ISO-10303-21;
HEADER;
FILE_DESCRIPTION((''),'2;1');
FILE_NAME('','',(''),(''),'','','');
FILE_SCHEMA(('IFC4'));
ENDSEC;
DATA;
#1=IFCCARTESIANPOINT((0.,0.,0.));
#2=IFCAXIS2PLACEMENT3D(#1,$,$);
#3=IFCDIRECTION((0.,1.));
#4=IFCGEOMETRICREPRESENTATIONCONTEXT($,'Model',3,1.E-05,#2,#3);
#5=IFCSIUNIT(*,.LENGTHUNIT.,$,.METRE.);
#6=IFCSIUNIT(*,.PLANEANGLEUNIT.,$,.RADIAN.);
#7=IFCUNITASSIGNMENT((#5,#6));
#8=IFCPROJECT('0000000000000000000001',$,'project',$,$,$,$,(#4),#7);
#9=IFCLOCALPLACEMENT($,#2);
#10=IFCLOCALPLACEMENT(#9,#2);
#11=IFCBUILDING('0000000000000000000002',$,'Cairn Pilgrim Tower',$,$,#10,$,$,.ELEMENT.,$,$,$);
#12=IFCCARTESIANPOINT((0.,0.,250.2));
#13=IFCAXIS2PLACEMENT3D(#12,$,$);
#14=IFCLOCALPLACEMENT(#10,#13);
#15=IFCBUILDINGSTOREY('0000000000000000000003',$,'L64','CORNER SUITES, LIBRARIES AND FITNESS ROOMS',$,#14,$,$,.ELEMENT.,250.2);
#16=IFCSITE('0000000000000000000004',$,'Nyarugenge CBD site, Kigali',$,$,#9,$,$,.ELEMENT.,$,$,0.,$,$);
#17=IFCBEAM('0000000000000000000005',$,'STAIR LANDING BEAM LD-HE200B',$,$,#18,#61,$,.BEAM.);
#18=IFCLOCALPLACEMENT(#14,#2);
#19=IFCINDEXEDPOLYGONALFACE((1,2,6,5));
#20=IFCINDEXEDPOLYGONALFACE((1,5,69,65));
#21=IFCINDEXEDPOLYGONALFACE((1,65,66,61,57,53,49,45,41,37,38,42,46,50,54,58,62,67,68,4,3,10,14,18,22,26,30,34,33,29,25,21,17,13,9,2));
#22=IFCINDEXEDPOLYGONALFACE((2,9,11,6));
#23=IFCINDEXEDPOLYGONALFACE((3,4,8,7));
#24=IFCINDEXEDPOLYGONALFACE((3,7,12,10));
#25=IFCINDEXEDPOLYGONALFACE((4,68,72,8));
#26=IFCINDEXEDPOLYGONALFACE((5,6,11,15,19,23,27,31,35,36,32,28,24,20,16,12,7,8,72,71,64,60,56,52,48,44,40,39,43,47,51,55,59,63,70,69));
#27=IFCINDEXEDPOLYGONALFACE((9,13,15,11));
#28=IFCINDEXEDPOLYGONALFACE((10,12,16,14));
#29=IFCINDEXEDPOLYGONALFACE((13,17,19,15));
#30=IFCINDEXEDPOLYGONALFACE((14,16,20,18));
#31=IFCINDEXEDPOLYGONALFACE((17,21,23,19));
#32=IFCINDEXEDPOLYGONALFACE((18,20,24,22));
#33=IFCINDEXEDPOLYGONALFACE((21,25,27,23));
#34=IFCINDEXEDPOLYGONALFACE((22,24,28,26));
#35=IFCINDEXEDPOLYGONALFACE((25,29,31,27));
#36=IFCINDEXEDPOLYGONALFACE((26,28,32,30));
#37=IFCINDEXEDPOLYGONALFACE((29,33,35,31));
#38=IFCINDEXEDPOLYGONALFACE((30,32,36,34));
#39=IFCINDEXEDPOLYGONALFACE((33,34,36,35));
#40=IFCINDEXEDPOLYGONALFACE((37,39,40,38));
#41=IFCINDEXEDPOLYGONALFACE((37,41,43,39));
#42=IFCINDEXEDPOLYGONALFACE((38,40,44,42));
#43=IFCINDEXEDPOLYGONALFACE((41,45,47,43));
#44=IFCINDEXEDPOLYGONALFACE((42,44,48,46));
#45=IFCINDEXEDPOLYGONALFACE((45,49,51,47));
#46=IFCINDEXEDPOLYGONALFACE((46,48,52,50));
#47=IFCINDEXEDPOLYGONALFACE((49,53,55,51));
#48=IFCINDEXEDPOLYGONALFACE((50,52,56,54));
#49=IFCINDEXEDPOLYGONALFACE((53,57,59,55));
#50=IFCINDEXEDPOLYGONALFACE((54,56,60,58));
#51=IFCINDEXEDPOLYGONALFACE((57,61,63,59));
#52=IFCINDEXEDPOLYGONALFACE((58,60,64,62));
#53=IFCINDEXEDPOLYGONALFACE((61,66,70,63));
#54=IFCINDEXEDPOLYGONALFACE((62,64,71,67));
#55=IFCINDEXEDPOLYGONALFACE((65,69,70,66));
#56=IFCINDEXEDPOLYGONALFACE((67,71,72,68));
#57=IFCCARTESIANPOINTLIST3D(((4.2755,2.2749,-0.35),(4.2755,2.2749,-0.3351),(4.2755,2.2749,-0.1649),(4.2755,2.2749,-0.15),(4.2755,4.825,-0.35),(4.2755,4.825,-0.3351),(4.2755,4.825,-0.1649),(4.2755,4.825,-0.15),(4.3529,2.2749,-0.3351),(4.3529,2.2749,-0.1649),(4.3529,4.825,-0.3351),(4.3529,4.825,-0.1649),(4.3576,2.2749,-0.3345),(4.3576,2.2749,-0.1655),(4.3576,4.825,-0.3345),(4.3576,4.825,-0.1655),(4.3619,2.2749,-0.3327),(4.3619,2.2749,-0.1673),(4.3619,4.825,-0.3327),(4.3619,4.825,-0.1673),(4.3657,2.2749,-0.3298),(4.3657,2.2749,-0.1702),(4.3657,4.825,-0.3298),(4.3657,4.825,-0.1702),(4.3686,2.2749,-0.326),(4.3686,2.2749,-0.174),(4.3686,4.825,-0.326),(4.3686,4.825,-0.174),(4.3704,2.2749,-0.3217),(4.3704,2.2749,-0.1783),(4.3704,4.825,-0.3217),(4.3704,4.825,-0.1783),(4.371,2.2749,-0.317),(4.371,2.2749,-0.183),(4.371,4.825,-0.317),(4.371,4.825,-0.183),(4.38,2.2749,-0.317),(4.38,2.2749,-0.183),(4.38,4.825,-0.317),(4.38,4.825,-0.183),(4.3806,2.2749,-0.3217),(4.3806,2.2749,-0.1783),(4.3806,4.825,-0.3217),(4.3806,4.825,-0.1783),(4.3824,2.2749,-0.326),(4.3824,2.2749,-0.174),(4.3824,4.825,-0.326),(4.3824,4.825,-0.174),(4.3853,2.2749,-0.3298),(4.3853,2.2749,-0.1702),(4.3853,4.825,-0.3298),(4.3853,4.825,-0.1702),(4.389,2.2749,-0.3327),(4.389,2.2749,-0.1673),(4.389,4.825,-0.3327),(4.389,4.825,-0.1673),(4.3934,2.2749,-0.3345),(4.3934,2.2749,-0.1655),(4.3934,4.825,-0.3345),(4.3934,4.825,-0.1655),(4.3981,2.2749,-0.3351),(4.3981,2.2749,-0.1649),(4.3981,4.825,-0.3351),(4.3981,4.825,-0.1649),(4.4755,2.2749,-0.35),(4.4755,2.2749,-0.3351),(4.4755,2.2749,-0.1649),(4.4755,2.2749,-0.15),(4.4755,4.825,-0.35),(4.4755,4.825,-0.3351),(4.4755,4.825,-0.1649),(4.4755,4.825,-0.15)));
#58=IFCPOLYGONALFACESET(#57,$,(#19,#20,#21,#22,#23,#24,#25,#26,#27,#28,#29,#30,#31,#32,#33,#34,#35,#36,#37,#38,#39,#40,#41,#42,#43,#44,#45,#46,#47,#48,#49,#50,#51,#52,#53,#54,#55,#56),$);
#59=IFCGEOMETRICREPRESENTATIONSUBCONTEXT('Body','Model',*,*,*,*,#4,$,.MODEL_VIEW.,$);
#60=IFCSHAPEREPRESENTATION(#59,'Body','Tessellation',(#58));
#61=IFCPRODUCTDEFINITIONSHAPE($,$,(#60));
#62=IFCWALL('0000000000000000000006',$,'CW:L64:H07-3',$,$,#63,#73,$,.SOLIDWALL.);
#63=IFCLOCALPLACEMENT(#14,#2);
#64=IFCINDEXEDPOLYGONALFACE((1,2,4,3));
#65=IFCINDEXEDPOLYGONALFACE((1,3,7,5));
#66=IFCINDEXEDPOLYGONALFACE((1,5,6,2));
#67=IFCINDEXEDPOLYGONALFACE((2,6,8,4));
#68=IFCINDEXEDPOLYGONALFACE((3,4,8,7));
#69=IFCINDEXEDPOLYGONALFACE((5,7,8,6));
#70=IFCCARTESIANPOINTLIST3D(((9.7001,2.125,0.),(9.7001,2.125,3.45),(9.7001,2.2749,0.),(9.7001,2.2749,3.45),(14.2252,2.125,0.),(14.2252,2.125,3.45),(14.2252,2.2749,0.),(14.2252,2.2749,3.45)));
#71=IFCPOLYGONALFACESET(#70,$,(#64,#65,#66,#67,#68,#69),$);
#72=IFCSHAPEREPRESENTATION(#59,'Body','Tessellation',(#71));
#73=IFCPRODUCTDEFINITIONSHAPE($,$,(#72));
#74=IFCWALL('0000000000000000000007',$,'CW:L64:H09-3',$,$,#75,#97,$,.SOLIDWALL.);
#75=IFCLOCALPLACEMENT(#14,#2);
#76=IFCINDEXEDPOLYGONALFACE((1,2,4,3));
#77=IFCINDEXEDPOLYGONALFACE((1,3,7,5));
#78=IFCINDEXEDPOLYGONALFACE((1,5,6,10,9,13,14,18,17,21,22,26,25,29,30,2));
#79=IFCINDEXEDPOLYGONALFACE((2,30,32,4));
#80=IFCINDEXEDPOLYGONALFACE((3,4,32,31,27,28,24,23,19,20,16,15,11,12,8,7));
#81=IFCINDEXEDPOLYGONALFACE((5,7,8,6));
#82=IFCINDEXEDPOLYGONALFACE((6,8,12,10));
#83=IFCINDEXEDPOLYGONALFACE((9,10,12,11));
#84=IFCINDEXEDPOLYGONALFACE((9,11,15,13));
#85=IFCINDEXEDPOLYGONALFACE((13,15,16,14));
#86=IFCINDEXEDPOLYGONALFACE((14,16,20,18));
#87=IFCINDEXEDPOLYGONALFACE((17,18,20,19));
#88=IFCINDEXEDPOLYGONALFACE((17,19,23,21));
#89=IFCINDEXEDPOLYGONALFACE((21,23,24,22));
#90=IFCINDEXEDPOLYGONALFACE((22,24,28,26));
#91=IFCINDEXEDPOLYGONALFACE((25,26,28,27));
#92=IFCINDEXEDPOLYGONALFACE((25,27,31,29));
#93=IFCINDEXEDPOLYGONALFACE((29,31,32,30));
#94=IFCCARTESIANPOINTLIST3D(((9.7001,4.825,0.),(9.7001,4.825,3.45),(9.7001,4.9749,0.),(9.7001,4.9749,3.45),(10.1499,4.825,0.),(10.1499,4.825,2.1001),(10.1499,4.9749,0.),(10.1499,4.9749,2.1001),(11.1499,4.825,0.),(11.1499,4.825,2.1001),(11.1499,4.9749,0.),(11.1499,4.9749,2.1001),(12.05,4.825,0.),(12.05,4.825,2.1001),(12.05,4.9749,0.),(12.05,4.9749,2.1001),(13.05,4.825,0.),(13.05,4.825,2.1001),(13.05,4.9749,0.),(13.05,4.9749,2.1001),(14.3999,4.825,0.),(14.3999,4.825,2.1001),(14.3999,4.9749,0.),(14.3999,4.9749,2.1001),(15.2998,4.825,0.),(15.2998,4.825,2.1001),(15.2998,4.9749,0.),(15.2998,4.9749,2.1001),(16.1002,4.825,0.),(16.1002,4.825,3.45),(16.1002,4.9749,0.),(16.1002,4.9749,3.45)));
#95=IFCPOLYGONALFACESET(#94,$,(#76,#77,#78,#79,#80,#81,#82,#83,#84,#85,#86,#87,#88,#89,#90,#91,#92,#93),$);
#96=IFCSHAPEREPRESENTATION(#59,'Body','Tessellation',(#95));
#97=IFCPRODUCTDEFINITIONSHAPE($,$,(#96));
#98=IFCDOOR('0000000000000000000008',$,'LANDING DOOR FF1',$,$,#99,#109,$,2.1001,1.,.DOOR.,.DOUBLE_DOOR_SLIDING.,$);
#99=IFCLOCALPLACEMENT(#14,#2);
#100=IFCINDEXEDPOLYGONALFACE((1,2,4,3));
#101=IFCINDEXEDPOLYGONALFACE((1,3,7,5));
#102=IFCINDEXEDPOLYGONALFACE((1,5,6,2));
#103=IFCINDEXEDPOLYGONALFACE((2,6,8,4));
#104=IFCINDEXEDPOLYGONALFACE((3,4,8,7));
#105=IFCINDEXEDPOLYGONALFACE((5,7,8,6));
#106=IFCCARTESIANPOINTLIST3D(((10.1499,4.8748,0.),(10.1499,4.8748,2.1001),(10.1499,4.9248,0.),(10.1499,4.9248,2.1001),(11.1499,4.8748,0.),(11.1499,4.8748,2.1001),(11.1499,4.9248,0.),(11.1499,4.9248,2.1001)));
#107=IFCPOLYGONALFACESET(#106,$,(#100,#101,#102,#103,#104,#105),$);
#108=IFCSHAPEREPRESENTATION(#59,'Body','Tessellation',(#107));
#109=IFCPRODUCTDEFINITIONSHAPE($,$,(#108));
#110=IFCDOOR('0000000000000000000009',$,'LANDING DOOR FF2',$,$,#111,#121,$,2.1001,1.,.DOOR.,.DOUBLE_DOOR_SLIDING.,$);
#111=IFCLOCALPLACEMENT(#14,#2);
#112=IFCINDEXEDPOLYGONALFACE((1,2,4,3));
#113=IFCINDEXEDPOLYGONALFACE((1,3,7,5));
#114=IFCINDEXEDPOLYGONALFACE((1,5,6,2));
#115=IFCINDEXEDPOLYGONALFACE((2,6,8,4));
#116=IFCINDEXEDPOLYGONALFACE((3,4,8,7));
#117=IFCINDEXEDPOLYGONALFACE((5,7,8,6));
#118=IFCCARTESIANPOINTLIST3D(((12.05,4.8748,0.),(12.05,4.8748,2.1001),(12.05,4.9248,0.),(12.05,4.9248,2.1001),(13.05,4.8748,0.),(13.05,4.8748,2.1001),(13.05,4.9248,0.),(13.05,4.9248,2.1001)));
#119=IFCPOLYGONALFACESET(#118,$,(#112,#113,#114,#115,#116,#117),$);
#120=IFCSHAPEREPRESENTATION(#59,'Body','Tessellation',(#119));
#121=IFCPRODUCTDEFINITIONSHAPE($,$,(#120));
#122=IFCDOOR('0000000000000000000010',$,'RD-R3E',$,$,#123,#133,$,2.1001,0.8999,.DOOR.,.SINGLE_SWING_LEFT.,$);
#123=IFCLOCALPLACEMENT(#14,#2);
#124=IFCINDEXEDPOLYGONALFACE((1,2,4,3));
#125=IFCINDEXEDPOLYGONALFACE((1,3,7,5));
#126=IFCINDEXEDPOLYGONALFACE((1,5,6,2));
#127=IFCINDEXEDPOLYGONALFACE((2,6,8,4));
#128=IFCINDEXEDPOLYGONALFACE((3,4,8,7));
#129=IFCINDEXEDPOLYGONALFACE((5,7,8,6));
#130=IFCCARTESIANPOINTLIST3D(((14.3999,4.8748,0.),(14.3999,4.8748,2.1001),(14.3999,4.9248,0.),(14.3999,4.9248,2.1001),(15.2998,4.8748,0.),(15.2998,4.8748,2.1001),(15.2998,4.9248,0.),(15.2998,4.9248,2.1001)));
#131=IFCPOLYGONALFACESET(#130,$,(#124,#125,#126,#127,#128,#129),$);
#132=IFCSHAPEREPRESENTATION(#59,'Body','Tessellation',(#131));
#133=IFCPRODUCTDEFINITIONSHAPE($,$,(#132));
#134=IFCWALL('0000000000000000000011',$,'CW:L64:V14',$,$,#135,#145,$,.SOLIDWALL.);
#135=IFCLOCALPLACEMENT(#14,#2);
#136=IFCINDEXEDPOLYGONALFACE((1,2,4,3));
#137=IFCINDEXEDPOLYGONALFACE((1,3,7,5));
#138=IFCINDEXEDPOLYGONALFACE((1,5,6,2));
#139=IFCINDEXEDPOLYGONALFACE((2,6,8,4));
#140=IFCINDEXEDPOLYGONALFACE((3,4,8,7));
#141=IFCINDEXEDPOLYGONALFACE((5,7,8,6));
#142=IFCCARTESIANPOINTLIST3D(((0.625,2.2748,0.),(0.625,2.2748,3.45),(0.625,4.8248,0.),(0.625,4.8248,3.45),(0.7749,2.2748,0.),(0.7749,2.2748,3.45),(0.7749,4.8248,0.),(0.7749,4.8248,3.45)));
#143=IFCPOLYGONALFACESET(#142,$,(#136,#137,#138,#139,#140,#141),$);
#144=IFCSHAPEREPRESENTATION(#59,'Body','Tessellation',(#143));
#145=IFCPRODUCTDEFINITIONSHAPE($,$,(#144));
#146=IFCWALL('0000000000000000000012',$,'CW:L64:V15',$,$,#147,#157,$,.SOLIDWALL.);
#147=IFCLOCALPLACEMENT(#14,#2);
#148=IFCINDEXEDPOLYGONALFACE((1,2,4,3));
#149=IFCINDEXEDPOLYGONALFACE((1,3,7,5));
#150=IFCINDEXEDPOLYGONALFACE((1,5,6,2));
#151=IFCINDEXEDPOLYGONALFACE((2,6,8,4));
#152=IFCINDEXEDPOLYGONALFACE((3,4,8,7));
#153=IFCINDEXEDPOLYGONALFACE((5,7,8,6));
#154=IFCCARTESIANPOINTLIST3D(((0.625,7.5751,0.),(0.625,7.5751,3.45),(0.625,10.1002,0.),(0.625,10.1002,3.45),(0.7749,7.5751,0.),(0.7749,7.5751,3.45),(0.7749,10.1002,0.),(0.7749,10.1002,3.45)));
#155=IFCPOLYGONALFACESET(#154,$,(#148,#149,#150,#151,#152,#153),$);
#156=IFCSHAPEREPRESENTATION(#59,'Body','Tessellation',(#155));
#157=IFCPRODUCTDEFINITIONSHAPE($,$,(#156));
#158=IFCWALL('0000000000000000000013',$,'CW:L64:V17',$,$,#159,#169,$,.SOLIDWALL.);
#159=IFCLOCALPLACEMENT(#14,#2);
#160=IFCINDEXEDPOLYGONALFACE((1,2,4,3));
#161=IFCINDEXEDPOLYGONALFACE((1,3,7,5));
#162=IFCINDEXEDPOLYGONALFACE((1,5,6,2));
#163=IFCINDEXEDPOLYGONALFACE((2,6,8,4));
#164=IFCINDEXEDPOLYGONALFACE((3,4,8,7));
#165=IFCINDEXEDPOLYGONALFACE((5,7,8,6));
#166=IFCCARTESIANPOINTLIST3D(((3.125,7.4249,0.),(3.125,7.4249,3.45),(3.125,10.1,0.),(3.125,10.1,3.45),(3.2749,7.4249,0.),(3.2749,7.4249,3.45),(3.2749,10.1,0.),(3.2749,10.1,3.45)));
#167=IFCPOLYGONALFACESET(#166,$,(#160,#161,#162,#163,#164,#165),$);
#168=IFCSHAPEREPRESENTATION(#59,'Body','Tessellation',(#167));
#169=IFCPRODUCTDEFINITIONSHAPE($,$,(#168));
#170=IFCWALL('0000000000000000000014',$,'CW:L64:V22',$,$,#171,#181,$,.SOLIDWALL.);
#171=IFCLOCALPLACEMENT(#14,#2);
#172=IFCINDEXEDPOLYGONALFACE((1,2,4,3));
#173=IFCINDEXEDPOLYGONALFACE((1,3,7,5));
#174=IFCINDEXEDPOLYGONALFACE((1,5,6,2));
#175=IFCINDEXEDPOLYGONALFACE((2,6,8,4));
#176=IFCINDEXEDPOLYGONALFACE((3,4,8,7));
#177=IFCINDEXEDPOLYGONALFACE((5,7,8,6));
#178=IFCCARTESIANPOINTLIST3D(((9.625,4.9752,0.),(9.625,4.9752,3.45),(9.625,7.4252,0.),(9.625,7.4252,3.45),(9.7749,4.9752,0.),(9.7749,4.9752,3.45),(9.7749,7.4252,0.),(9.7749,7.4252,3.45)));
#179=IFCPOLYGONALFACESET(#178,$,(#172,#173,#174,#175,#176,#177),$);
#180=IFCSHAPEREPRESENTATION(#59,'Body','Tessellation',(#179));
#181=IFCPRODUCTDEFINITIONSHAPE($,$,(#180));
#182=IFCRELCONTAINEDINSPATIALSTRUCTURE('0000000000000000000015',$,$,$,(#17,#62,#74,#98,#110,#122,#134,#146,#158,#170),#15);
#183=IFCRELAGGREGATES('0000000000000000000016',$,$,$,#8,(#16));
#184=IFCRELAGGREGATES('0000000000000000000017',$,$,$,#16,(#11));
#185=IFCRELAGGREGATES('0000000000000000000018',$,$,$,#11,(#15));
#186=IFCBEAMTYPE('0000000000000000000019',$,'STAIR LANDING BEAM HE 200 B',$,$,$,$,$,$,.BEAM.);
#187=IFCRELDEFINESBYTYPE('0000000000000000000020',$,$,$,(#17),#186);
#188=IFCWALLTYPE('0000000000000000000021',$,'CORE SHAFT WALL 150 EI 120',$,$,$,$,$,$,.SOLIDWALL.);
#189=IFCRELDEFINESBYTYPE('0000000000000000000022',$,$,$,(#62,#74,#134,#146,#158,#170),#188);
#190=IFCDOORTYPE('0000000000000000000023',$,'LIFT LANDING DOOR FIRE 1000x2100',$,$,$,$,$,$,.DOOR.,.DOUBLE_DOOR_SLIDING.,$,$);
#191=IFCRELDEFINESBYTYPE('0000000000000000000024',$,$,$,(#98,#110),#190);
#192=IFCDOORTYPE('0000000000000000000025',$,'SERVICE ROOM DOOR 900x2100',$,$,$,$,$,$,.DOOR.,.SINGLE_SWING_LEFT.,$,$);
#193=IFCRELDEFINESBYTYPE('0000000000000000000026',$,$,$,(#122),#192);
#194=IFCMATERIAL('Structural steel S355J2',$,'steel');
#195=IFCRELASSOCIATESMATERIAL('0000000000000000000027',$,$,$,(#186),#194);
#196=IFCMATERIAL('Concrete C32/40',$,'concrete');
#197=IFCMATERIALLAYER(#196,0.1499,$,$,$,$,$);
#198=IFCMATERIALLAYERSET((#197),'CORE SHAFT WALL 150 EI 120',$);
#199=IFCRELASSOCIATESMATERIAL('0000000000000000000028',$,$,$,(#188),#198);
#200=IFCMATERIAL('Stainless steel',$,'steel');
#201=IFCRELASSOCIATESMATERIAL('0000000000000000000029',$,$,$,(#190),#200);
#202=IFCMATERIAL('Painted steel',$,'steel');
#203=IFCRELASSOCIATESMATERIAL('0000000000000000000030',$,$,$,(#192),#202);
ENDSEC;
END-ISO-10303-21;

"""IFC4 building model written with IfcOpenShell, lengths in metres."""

from ifc_helpers import new_model, si_unit, direction, frame, frame_2d, origin, origin_2d, place, context, subcontext, project, spatial, rectangle, i_section, extrude, material, layer, layer_set, material_profile, profile_set, type_object, element, fill, save


model = new_model("IFC4")

# Units and contexts
model_context = context("Model", 3, precision=1e-05, world=origin(), true_north=direction((0.0, 1.0)))
body_context = subcontext(model_context, "Body", "Model", "MODEL_VIEW")
ifc_project = project(units=[si_unit("LENGTHUNIT", "METRE"), si_unit("PLANEANGLEUNIT", "RADIAN")], contexts=[model_context])

# Site, building, storey
site_placement = place(None, origin())
site = spatial("IfcSite", under=ifc_project, at=site_placement, Name="Nyarugenge CBD site, Kigali", CompositionType="ELEMENT", RefElevation=0.0)
building_placement = place(site_placement, origin())
building = spatial("IfcBuilding", under=site, at=building_placement, Name="Cairn Pilgrim Tower", CompositionType="ELEMENT")
storey_placement = place(building_placement, frame((0.0, 0.0, 250.2)))
storey = spatial("IfcBuildingStorey", under=building, at=storey_placement, Name="L64", Description="CORNER SUITES, LIBRARIES AND FITNESS ROOMS", CompositionType="ELEMENT", Elevation=250.2)

# Beam
ifc_material_1 = material(Name="Structural steel S355J2", Category="steel")
ifc_material_profile = material_profile(ifc_material_1, i_section(OverallWidth=0.2, OverallDepth=0.2, WebThickness=0.009, FlangeThickness=0.0149, FilletRadius=0.0181, at=origin_2d()), Name="HE 200 B")
ifc_profile_set = profile_set([ifc_material_profile], Name="Structural steel S355J2")
beam_type = type_object("IfcBeamType", Name="STAIR LANDING BEAM HE 200 B", PredefinedType="BEAM", material=ifc_profile_set)
beam_placement = place(storey_placement, frame((4.3755, 2.2749, -0.25), z_axis=(0.0, 1.0, 0.0), x_axis=(-1.0, 0.0, 0.0)))
element("IfcBeam", 1, at=beam_placement, inside=storey, type_object=beam_type, Name="STAIR LANDING BEAM LD-HE200B", PredefinedType="BEAM", context=body_context, shape_type="SweptSolid", body=[
    extrude(i_section(OverallWidth=0.2, OverallDepth=0.2, WebThickness=0.009, FlangeThickness=0.0149, FilletRadius=0.0181, at=origin_2d()), origin(), (0.0, 0.0, 1.0), 2.55),
])

# Wall
ifc_material_2 = material(Name="Concrete C32/40", Category="concrete")
ifc_layer_1 = layer(ifc_material_2, 0.1499)
ifc_layer_set_1 = layer_set([ifc_layer_1], Name="CORE SHAFT WALL 150 EI 120")
wall_type_1 = type_object("IfcWallType", Name="CORE SHAFT WALL 150 EI 120", PredefinedType="SOLIDWALL", material=ifc_layer_set_1)
wall_1_placement = place(storey_placement, frame((9.7, 2.2, 0.0), z_axis=(0.0, 0.0, 1.0), x_axis=(1.0, 0.0, 0.0)))
element("IfcWall", 2, at=wall_1_placement, inside=storey, type_object=wall_type_1, Name="CW:L64:H07-3", PredefinedType="SOLIDWALL", context=body_context, shape_type="SweptSolid", body=[
    extrude(rectangle(XDim=4.5251, YDim=0.1499, at=frame_2d((2.2627, 0.0))), origin(), (0.0, 0.0, 1.0), 3.45),
])

# Wall, openings, doors
wall_2_placement = place(storey_placement, frame((9.7, 4.8999, 0.0), z_axis=(0.0, 0.0, 1.0), x_axis=(1.0, 0.0, 0.0)))
wall_2 = element("IfcWall", 3, at=wall_2_placement, inside=storey, type_object=wall_type_1, Name="CW:L64:H09-3", PredefinedType="SOLIDWALL", context=body_context, shape_type="SweptSolid", body=[
    extrude(rectangle(XDim=6.4001, YDim=0.1499, at=frame_2d((3.2002, 0.0))), origin(), (0.0, 0.0, 1.0), 3.45),
])
opening_1_placement = place(wall_2_placement, frame((0.45, 0.0, 0.0)))
opening_1 = element("IfcOpeningElement", 4, at=opening_1_placement, cuts=wall_2, PredefinedType="OPENING", context=body_context, shape_type="SweptSolid", body=[
    extrude(rectangle(XDim=1.0, YDim=2.1001, at=frame_2d((0.5, 1.05))), frame((0.0, 0.085, 0.0), z_axis=(0.0, -1.0, 0.0), x_axis=(1.0, 0.0, 0.0)), (0.0, 0.0, 1.0), 0.1699),
])
opening_2_placement = place(wall_2_placement, frame((2.3501, 0.0, 0.0)))
opening_2 = element("IfcOpeningElement", 5, at=opening_2_placement, cuts=wall_2, PredefinedType="OPENING", context=body_context, shape_type="SweptSolid", body=[
    extrude(rectangle(XDim=1.0, YDim=2.1001, at=frame_2d((0.5, 1.05))), frame((0.0, 0.085, 0.0), z_axis=(0.0, -1.0, 0.0), x_axis=(1.0, 0.0, 0.0)), (0.0, 0.0, 1.0), 0.1699),
])
opening_3_placement = place(wall_2_placement, frame((4.7, 0.0, 0.0)))
opening_3 = element("IfcOpeningElement", 6, at=opening_3_placement, cuts=wall_2, PredefinedType="OPENING", context=body_context, shape_type="SweptSolid", body=[
    extrude(rectangle(XDim=0.8999, YDim=2.1001, at=frame_2d((0.45, 1.05))), frame((0.0, 0.085, 0.0), z_axis=(0.0, -1.0, 0.0), x_axis=(1.0, 0.0, 0.0)), (0.0, 0.0, 1.0), 0.1699),
])
ifc_material_3 = material(Name="Stainless steel", Category="steel")
door_type_1 = type_object("IfcDoorType", Name="LIFT LANDING DOOR FIRE 1000x2100", OperationType="DOUBLE_DOOR_SLIDING", PredefinedType="DOOR", material=ifc_material_3)
door_1_placement = place(opening_1_placement, origin())
door_1 = element("IfcDoor", 7, at=door_1_placement, inside=storey, type_object=door_type_1, Name="LANDING DOOR FF1", OperationType="DOUBLE_DOOR_SLIDING", OverallHeight=2.1001, OverallWidth=1.0, PredefinedType="DOOR", context=body_context, shape_type="SweptSolid", body=[
    extrude(rectangle(XDim=1.0, YDim=2.1001, at=frame_2d((0.5, 1.05))), frame((0.0, 0.0249, 0.0), z_axis=(0.0, -1.0, 0.0), x_axis=(1.0, 0.0, 0.0)), (0.0, 0.0, 1.0), 0.05),
])
fill(opening_1, door_1)
door_2_placement = place(opening_2_placement, origin())
door_2 = element("IfcDoor", 8, at=door_2_placement, inside=storey, type_object=door_type_1, Name="LANDING DOOR FF2", OperationType="DOUBLE_DOOR_SLIDING", OverallHeight=2.1001, OverallWidth=1.0, PredefinedType="DOOR", context=body_context, shape_type="SweptSolid", body=[
    extrude(rectangle(XDim=1.0, YDim=2.1001, at=frame_2d((0.5, 1.05))), frame((0.0, 0.0249, 0.0), z_axis=(0.0, -1.0, 0.0), x_axis=(1.0, 0.0, 0.0)), (0.0, 0.0, 1.0), 0.05),
])
fill(opening_2, door_2)
ifc_material_4 = material(Name="Painted steel", Category="steel")
door_type_2 = type_object("IfcDoorType", Name="SERVICE ROOM DOOR 900x2100", OperationType="SINGLE_SWING_LEFT", PredefinedType="DOOR", material=ifc_material_4)
door_3_placement = place(opening_3_placement, origin())
door_3 = element("IfcDoor", 9, at=door_3_placement, inside=storey, type_object=door_type_2, Name="RD-R3E", OperationType="SINGLE_SWING_LEFT", OverallHeight=2.1001, OverallWidth=0.8999, PredefinedType="DOOR", context=body_context, shape_type="SweptSolid", body=[
    extrude(rectangle(XDim=0.8999, YDim=2.1001, at=frame_2d((0.45, 1.05))), frame((0.0, 0.0249, 0.0), z_axis=(0.0, -1.0, 0.0), x_axis=(1.0, 0.0, 0.0)), (0.0, 0.0, 1.0), 0.05),
])
fill(opening_3, door_3)

# Walls
wall_3_placement = place(storey_placement, frame((0.7, 2.2749, 0.0), z_axis=(0.0, 0.0, 1.0), x_axis=(0.0, 1.0, 0.0)))
element("IfcWall", 10, at=wall_3_placement, inside=storey, type_object=wall_type_1, Name="CW:L64:V14", PredefinedType="SOLIDWALL", context=body_context, shape_type="SweptSolid", body=[
    extrude(rectangle(XDim=2.55, YDim=0.1499, at=frame_2d((1.2749, 0.0))), origin(), (0.0, 0.0, 1.0), 3.45),
])
wall_4_placement = place(storey_placement, frame((0.7, 7.575, 0.0), z_axis=(0.0, 0.0, 1.0), x_axis=(0.0, 1.0, 0.0)))
element("IfcWall", 11, at=wall_4_placement, inside=storey, type_object=wall_type_1, Name="CW:L64:V15", PredefinedType="SOLIDWALL", context=body_context, shape_type="SweptSolid", body=[
    extrude(rectangle(XDim=2.5251, YDim=0.1499, at=frame_2d((1.2627, 0.0))), origin(), (0.0, 0.0, 1.0), 3.45),
])
wall_5_placement = place(storey_placement, frame((3.2, 7.425, 0.0), z_axis=(0.0, 0.0, 1.0), x_axis=(0.0, 1.0, 0.0)))
element("IfcWall", 12, at=wall_5_placement, inside=storey, type_object=wall_type_1, Name="CW:L64:V17", PredefinedType="SOLIDWALL", context=body_context, shape_type="SweptSolid", body=[
    extrude(rectangle(XDim=2.675, YDim=0.1499, at=frame_2d((1.3374, 0.0))), origin(), (0.0, 0.0, 1.0), 3.45),
])
wall_6_placement = place(storey_placement, frame((9.7, 4.9751, 0.0), z_axis=(0.0, 0.0, 1.0), x_axis=(0.0, 1.0, 0.0)))
element("IfcWall", 13, at=wall_6_placement, inside=storey, type_object=wall_type_1, Name="CW:L64:V22", PredefinedType="SOLIDWALL", context=body_context, shape_type="SweptSolid", body=[
    extrude(rectangle(XDim=2.45, YDim=0.1499, at=frame_2d((1.2251, 0.0))), origin(), (0.0, 0.0, 1.0), 3.45),
])

save(model, "model.ifc")
